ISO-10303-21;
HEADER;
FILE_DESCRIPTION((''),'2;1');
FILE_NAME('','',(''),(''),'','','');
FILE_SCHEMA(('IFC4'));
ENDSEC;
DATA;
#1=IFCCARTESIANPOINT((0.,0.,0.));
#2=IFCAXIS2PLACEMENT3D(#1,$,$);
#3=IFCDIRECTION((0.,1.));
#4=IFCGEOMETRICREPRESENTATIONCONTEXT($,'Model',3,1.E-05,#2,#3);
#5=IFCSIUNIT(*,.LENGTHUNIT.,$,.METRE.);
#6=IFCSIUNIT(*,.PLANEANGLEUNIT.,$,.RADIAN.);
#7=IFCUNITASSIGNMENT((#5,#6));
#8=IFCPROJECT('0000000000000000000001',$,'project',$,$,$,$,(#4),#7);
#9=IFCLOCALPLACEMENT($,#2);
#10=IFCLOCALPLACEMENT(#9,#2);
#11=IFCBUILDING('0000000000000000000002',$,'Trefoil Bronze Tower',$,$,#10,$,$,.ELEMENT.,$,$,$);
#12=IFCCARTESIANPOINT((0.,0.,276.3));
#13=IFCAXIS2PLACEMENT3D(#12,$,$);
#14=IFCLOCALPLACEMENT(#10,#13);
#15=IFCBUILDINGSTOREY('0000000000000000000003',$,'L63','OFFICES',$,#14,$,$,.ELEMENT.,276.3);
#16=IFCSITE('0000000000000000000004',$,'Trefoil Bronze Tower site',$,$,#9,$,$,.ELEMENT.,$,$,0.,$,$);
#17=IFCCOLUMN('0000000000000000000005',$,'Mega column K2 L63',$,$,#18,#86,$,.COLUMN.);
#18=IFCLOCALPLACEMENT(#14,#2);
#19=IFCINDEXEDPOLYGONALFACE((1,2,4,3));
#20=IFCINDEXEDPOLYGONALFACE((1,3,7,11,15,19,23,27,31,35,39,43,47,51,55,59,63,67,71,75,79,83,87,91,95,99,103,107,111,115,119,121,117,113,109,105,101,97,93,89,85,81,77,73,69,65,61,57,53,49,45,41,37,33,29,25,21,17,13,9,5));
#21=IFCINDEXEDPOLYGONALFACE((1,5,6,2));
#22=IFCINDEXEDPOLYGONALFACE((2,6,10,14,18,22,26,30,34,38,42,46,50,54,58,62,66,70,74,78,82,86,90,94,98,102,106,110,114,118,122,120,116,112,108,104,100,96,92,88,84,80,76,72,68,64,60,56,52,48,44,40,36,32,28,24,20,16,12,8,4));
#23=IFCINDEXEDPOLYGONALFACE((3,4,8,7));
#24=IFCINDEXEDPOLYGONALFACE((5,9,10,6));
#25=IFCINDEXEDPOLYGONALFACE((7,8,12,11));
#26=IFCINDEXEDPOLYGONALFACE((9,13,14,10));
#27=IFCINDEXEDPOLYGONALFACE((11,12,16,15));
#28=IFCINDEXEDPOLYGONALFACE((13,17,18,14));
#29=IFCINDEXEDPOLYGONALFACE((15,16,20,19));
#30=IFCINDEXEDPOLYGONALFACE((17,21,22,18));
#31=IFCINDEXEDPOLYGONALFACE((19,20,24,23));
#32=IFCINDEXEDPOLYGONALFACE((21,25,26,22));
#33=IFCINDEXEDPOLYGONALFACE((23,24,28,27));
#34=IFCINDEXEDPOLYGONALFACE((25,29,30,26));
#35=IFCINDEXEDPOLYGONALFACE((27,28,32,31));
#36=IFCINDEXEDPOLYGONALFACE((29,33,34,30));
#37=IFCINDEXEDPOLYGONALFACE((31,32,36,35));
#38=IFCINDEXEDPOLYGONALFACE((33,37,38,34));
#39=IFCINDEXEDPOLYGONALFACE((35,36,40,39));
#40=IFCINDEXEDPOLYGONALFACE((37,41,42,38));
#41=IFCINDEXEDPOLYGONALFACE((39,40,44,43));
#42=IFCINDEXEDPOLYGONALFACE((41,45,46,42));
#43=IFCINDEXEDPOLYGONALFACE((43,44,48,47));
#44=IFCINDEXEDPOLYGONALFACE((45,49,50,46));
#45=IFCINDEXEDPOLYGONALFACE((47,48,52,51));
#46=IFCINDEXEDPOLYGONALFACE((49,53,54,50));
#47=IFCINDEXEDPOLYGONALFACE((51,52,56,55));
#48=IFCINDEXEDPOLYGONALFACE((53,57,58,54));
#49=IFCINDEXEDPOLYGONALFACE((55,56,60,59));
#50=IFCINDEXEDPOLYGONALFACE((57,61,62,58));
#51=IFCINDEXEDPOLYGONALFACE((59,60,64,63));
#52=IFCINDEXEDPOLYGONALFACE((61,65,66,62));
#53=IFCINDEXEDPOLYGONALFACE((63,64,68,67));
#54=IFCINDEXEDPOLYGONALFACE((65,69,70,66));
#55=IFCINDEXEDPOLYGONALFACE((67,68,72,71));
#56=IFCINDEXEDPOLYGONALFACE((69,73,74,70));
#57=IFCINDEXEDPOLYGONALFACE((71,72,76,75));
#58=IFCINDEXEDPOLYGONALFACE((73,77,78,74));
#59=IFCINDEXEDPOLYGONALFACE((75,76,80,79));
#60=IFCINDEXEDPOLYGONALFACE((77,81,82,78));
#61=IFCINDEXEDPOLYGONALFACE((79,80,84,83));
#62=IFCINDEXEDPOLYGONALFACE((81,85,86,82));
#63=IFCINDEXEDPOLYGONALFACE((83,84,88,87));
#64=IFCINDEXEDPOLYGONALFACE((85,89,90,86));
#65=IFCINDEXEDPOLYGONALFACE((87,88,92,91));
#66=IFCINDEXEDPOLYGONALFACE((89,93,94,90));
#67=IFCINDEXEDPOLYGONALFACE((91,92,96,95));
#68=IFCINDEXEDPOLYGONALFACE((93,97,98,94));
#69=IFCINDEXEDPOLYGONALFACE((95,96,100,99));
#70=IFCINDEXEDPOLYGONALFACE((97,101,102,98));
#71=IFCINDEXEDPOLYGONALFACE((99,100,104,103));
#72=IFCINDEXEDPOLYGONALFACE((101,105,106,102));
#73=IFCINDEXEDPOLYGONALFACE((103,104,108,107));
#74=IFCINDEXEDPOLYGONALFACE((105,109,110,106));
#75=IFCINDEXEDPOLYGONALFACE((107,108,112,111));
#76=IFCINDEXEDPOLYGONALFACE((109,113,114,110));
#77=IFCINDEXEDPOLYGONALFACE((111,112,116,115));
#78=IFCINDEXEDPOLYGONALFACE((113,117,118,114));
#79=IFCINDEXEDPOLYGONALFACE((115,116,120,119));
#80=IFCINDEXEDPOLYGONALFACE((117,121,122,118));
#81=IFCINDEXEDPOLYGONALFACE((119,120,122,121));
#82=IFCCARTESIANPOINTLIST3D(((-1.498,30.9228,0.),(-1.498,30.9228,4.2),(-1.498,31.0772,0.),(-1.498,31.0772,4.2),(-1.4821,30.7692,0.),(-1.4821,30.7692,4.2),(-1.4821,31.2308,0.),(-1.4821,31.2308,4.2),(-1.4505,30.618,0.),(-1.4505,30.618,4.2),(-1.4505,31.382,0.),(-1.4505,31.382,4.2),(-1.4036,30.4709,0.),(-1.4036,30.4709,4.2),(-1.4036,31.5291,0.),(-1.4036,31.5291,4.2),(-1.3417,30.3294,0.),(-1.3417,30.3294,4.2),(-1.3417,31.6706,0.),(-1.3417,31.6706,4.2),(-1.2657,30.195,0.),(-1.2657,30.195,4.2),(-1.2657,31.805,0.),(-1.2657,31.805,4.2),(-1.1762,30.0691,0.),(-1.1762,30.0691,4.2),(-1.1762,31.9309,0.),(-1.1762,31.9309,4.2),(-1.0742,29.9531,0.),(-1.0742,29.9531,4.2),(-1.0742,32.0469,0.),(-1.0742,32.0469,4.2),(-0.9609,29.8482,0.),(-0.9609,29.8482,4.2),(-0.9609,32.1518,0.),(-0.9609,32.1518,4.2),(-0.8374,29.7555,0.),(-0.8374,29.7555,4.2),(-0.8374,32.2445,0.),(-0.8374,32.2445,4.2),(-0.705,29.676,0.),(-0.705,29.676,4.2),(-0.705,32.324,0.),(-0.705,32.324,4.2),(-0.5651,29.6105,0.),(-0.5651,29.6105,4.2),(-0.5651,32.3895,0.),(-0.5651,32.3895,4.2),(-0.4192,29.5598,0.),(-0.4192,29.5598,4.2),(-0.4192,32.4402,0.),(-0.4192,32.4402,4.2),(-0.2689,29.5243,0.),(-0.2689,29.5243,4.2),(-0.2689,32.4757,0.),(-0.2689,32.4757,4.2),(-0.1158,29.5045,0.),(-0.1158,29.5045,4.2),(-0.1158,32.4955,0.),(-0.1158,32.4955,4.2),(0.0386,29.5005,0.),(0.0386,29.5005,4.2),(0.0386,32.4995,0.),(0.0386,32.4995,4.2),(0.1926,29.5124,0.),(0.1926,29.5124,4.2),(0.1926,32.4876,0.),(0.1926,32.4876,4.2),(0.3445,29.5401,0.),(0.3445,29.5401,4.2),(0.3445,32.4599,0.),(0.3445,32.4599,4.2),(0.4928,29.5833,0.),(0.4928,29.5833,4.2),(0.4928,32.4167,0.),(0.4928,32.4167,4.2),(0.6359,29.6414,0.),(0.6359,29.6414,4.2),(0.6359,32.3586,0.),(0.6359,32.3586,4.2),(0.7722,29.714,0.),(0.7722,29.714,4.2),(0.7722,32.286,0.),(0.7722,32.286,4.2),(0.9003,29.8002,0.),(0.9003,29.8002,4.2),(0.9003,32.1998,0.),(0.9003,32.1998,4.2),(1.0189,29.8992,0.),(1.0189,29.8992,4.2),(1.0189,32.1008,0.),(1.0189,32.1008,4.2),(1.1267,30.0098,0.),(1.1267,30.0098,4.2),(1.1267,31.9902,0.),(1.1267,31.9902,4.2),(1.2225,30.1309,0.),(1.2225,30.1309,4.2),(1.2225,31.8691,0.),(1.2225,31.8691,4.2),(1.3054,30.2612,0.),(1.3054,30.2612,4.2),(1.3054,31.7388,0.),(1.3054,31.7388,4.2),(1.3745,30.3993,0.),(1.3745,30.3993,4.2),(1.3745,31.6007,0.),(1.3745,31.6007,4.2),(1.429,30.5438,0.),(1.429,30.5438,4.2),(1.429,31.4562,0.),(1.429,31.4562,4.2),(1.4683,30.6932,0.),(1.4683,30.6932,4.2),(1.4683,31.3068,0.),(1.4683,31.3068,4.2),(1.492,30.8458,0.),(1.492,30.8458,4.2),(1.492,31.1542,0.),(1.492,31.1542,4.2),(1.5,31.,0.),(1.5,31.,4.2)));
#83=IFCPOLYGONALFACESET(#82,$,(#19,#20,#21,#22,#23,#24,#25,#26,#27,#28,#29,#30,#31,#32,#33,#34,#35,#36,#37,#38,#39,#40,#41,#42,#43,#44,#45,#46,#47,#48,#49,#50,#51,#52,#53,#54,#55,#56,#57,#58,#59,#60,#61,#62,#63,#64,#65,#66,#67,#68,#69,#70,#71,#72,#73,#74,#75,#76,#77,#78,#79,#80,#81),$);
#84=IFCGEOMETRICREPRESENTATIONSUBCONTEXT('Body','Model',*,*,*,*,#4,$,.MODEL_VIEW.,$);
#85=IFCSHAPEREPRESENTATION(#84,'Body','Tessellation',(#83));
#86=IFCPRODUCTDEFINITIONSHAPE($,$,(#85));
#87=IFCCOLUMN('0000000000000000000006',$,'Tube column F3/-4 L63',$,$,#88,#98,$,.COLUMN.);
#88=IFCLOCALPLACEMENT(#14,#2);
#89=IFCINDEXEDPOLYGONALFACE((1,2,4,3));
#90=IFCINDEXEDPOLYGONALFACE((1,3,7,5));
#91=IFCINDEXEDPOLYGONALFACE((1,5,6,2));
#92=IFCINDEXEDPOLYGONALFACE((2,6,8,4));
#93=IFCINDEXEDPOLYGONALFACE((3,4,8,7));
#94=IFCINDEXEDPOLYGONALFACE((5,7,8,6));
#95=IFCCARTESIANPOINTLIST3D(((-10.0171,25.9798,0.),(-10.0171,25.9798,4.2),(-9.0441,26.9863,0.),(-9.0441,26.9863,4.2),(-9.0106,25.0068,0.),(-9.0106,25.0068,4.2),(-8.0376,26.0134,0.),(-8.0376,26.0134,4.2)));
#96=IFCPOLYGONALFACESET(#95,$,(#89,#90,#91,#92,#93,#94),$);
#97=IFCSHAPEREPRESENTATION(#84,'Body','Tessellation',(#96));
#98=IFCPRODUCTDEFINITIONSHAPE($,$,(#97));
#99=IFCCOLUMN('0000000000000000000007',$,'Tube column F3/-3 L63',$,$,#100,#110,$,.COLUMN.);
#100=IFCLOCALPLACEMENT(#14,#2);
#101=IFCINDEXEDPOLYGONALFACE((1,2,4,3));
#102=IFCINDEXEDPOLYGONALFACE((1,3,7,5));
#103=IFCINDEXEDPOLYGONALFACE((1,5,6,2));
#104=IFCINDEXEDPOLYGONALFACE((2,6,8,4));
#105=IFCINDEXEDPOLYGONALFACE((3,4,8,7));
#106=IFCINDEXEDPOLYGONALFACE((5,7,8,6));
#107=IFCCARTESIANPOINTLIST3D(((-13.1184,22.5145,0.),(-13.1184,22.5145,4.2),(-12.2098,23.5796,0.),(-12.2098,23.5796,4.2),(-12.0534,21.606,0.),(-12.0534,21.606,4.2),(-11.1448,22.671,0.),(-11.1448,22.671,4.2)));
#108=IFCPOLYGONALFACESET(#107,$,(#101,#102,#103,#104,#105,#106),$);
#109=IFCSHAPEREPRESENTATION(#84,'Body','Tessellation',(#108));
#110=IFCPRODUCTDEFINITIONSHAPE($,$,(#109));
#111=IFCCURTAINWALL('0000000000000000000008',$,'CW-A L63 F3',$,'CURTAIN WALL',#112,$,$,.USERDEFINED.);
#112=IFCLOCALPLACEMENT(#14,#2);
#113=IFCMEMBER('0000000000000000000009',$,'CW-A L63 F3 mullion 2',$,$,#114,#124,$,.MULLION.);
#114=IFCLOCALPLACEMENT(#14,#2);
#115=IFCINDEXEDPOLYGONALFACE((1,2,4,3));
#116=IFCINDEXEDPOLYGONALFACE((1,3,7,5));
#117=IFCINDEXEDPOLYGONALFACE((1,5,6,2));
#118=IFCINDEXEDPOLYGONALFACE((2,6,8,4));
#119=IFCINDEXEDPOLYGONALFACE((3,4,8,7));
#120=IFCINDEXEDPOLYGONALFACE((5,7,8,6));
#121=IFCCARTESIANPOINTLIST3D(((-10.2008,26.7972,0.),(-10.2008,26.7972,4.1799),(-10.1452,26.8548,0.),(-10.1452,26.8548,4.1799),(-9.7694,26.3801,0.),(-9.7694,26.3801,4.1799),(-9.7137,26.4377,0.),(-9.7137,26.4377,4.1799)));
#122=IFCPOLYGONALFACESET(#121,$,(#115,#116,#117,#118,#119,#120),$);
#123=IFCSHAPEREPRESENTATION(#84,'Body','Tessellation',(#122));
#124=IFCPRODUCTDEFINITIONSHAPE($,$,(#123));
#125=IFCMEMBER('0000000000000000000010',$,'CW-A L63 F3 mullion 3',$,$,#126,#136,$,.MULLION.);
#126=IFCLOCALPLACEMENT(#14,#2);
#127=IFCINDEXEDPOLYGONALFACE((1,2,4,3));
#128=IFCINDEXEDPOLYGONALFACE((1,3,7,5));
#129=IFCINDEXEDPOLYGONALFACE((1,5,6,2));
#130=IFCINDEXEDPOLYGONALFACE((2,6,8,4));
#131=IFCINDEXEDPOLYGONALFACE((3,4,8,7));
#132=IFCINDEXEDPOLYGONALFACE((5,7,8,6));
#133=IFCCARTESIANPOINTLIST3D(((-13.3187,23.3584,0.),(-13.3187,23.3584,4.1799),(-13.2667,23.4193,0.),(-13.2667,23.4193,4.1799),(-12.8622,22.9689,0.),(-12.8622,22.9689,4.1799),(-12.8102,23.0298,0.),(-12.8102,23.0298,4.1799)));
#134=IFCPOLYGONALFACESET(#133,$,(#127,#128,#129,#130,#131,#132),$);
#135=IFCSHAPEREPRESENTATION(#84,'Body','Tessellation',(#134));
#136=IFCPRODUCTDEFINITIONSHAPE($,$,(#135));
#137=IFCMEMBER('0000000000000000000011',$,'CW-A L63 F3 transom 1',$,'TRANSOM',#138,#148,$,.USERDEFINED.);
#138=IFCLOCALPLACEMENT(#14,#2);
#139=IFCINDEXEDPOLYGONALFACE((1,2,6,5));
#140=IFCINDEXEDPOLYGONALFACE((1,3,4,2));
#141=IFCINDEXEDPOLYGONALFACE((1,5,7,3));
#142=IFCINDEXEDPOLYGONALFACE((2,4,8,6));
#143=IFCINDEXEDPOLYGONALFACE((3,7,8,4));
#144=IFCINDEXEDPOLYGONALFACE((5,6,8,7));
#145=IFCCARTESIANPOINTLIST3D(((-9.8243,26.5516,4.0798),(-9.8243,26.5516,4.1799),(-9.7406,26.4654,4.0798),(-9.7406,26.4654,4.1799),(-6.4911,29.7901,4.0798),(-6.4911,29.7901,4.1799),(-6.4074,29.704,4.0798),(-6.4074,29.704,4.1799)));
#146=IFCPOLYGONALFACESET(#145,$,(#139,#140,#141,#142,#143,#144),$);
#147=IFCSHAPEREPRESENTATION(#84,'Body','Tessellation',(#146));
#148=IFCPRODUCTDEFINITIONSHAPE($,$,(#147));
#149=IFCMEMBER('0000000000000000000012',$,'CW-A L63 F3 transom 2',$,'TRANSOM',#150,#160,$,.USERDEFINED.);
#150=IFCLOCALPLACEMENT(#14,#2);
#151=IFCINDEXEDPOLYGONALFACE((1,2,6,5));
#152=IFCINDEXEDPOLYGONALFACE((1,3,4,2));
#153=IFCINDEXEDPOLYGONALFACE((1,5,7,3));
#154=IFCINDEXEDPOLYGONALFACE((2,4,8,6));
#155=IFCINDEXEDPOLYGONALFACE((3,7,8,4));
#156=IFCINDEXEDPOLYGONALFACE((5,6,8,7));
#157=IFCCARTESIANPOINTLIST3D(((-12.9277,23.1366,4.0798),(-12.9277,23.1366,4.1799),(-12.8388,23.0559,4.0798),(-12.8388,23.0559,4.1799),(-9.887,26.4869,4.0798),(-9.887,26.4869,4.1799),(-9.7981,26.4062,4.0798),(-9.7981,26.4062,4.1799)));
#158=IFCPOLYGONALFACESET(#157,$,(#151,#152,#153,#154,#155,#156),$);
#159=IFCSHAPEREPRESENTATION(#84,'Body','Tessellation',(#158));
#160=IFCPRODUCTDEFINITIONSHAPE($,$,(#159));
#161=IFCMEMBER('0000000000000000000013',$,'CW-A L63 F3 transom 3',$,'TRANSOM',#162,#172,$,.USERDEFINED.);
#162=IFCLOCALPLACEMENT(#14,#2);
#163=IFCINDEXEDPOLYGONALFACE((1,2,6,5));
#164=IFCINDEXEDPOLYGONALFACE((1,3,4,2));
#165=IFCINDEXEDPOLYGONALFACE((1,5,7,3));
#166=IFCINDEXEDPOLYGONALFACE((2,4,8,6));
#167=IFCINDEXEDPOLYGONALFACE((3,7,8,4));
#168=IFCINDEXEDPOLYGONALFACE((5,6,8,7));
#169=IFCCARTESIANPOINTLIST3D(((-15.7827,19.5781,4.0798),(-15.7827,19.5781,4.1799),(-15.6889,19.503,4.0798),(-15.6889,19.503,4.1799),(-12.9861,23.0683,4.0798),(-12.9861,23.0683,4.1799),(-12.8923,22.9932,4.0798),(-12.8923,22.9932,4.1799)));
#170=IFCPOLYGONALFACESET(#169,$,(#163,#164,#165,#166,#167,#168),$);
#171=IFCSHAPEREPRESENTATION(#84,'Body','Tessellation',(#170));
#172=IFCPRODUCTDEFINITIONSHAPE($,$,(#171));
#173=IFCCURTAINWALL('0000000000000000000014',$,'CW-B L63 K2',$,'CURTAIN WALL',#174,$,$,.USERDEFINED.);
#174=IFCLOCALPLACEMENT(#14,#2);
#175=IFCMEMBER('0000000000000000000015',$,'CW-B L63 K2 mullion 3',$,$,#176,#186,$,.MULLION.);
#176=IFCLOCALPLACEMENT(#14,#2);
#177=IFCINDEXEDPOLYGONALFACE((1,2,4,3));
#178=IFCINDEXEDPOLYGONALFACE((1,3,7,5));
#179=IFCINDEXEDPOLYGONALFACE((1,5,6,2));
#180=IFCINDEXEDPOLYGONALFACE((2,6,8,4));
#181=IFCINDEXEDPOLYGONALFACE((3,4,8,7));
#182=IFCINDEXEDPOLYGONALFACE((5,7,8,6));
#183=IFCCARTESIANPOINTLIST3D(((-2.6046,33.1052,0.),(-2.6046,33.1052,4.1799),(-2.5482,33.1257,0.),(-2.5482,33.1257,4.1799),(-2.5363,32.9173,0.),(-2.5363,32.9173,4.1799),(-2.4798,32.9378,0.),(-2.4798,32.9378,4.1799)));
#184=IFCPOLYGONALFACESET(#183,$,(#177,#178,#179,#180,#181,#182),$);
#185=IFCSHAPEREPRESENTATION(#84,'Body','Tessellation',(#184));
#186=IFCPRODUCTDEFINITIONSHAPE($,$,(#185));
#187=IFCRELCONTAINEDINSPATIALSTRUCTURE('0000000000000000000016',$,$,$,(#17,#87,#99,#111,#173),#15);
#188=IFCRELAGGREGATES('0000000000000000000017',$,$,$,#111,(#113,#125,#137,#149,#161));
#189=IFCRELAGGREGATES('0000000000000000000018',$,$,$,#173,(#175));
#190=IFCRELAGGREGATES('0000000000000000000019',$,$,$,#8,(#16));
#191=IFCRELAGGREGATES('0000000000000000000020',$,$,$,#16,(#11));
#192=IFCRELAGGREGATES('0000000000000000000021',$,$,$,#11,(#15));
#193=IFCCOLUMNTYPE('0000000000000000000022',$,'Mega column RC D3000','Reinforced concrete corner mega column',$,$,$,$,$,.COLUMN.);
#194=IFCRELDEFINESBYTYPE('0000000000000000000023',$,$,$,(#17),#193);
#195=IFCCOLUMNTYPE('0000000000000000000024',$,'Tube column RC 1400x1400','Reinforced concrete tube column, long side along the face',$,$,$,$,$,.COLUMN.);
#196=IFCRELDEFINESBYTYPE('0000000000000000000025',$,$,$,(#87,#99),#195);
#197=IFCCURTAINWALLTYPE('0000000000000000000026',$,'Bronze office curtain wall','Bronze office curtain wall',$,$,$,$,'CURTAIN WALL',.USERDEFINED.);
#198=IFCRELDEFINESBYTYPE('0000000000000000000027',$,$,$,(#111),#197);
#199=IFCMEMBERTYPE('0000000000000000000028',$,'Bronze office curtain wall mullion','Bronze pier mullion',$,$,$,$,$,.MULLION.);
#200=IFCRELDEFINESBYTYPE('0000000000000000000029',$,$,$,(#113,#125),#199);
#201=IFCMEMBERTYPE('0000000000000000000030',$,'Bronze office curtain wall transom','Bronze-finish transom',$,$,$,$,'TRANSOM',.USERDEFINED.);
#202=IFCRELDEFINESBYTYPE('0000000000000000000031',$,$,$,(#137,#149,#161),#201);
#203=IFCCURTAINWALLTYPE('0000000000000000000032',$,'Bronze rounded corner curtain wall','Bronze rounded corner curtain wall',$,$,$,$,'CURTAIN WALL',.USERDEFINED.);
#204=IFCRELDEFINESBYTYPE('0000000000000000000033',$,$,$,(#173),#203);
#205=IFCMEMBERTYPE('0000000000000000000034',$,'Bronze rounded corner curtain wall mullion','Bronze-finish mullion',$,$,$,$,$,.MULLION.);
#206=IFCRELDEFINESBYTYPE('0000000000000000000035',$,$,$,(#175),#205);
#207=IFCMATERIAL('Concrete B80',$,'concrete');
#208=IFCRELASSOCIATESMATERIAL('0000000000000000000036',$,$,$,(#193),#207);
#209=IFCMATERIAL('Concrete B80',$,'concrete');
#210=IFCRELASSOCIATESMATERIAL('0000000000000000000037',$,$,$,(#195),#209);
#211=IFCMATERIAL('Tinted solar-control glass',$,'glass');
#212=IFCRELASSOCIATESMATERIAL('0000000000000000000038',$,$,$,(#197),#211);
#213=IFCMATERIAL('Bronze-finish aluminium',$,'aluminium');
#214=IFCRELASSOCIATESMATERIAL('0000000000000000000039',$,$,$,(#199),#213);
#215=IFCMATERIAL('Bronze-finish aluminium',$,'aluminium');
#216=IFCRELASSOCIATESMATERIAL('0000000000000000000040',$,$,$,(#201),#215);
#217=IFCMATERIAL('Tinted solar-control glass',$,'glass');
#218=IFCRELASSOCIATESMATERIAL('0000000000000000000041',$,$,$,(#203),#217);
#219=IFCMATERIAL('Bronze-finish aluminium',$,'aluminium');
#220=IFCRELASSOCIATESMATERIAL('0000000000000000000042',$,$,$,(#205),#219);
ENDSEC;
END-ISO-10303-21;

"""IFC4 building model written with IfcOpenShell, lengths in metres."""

from ifc_helpers import new_model, si_unit, direction, frame, origin, origin_2d, place, context, subcontext, project, spatial, rectangle, circle, extrude, material, material_profile, profile_set, type_object, element, aggregate, save


model = new_model("IFC4")

# Units and contexts
model_context = context("Model", 3, precision=1e-05, world=origin(), true_north=direction((0.0, 1.0)))
body_context = subcontext(model_context, "Body", "Model", "MODEL_VIEW")
ifc_project = project(units=[si_unit("LENGTHUNIT", "METRE"), si_unit("PLANEANGLEUNIT", "RADIAN")], contexts=[model_context])

# Site, building, storey
site_placement = place(None, origin())
site = spatial("IfcSite", under=ifc_project, at=site_placement, Name="Trefoil Bronze Tower site", CompositionType="ELEMENT", RefElevation=0.0)
building_placement = place(site_placement, origin())
building = spatial("IfcBuilding", under=site, at=building_placement, Name="Trefoil Bronze Tower", CompositionType="ELEMENT")
storey_placement = place(building_placement, frame((0.0, 0.0, 276.3)))
storey = spatial("IfcBuildingStorey", under=building, at=storey_placement, Name="L63", Description="OFFICES", CompositionType="ELEMENT", Elevation=276.3)

# Columns
ifc_material_1 = material(Name="Concrete B80", Category="concrete")
ifc_material_profile_1 = material_profile(ifc_material_1, circle(Radius=1.5, at=origin_2d()), Name="RC D3000")
ifc_profile_set_1 = profile_set([ifc_material_profile_1], Name="Concrete B80")
column_type_1 = type_object("IfcColumnType", Name="Mega column RC D3000", Description="Reinforced concrete corner mega column", PredefinedType="COLUMN", material=ifc_profile_set_1)
column_placement = place(storey_placement, frame((0.0, 31.0, 0.0), z_axis=(0.0, 0.0, 1.0), x_axis=(1.0, 0.0, 0.0)))
element("IfcColumn", 1, at=column_placement, inside=storey, type_object=column_type_1, Name="Mega column K2 L63", PredefinedType="COLUMN", context=body_context, shape_type="SweptSolid", body=[
    extrude(circle(Radius=1.5, at=origin_2d()), origin(), (0.0, 0.0, 1.0), 4.2),
])
ifc_material_2 = material(Name="Concrete B80", Category="concrete")
ifc_material_profile_2 = material_profile(ifc_material_2, rectangle(XDim=1.3999, YDim=1.3999, at=origin_2d()), Name="RC 1400x1400")
ifc_profile_set_2 = profile_set([ifc_material_profile_2], Name="Concrete B80")
column_type_2 = type_object("IfcColumnType", Name="Tube column RC 1400x1400", Description="Reinforced concrete tube column, long side along the face", PredefinedType="COLUMN", material=ifc_profile_set_2)
for number, where, z_axis, x_axis, name in (
    (2, (-9.0273, 25.9966, 0.0), (0.0, 0.0, 1.0), (-0.695009, -0.719001, 0.0), "Tube column F3/-4 L63"),
    (3, (-12.1316, 22.5928, 0.0), (0.0, 0.0, 1.0), (-0.649008, -0.760781, 0.0), "Tube column F3/-3 L63"),
):
    element("IfcColumn", number, at=place(storey_placement, frame(where, z_axis=z_axis, x_axis=x_axis)), inside=storey, type_object=column_type_2, Name=name, PredefinedType="COLUMN", context=body_context, shape_type="SweptSolid", body=[
        extrude(rectangle(XDim=1.3999, YDim=1.3999, at=origin_2d()), origin(), (0.0, 0.0, 1.0), 4.2),
    ])

# Curtain walls, members
ifc_material_3 = material(Name="Tinted solar-control glass", Category="glass")
curtain_wall_type_1 = type_object("IfcCurtainWallType", Name="Bronze office curtain wall", Description="Bronze office curtain wall", ElementType="CURTAIN WALL", PredefinedType="USERDEFINED", material=ifc_material_3)
curtain_wall_1_placement = place(storey_placement, origin())
curtain_wall_1 = element("IfcCurtainWall", 4, at=curtain_wall_1_placement, inside=storey, type_object=curtain_wall_type_1, Name="CW-A L63 F3", ObjectType="CURTAIN WALL", PredefinedType="USERDEFINED")
ifc_material_4 = material(Name="Bronze-finish aluminium", Category="aluminium")
ifc_material_profile_3 = material_profile(ifc_material_4, rectangle(XDim=0.6001, YDim=0.0801, at=origin_2d()), Name="CW-A mullion")
ifc_profile_set_3 = profile_set([ifc_material_profile_3], Name="Bronze-finish aluminium")
member_type_1 = type_object("IfcMemberType", Name="Bronze office curtain wall mullion", Description="Bronze pier mullion", PredefinedType="MULLION", material=ifc_profile_set_3)
member_1_placement = place(storey_placement, frame((-9.9573, 26.6174, 0.0), z_axis=(0.0, 0.0, 1.0), x_axis=(0.719001, -0.695009, 0.0)))
member_1 = element("IfcMember", 5, at=member_1_placement, type_object=member_type_1, Name="CW-A L63 F3 mullion 2", PredefinedType="MULLION", context=body_context, shape_type="SweptSolid", body=[
    extrude(rectangle(XDim=0.6001, YDim=0.0801, at=origin_2d()), origin(), (0.0, 0.0, 1.0), 4.1799),
])
member_2_placement = place(storey_placement, frame((-13.0645, 23.1941, 0.0), z_axis=(0.0, 0.0, 1.0), x_axis=(0.760781, -0.649008, 0.0)))
member_2 = element("IfcMember", 6, at=member_2_placement, type_object=member_type_1, Name="CW-A L63 F3 mullion 3", PredefinedType="MULLION", context=body_context, shape_type="SweptSolid", body=[
    extrude(rectangle(XDim=0.6001, YDim=0.0801, at=origin_2d()), origin(), (0.0, 0.0, 1.0), 4.1799),
])
ifc_material_5 = material(Name="Bronze-finish aluminium", Category="aluminium")
ifc_material_profile_4 = material_profile(ifc_material_5, rectangle(XDim=0.1201, YDim=0.1001, at=origin_2d()), Name="CW-A transom")
ifc_profile_set_4 = profile_set([ifc_material_profile_4], Name="Bronze-finish aluminium")
member_type_2 = type_object("IfcMemberType", Name="Bronze office curtain wall transom", Description="Bronze-finish transom", ElementType="TRANSOM", PredefinedType="USERDEFINED", material=ifc_profile_set_4)
member_3_placement = place(storey_placement, frame((-6.4492, 29.7471, 4.1299), z_axis=(-0.717225, -0.696842, 0.0), x_axis=(0.696842, -0.717225, 0.0)))
member_3 = element("IfcMember", 7, at=member_3_placement, type_object=member_type_2, Name="CW-A L63 F3 transom 1", ObjectType="TRANSOM", PredefinedType="USERDEFINED", context=body_context, shape_type="SweptSolid", body=[
    extrude(rectangle(XDim=0.1201, YDim=0.1001, at=origin_2d()), origin(), (0.0, 0.0, 1.0), 4.6475),
])
member_4_placement = place(storey_placement, frame((-9.8425, 26.4465, 4.1299), z_axis=(-0.672068, -0.740489, 0.0), x_axis=(0.740489, -0.672068, 0.0)))
member_4 = element("IfcMember", 8, at=member_4_placement, type_object=member_type_2, Name="CW-A L63 F3 transom 2", ObjectType="TRANSOM", PredefinedType="USERDEFINED", context=body_context, shape_type="SweptSolid", body=[
    extrude(rectangle(XDim=0.1201, YDim=0.1001, at=origin_2d()), origin(), (0.0, 0.0, 1.0), 4.5244),
])
member_5_placement = place(storey_placement, frame((-12.9392, 23.0308, 4.1299), z_axis=(-0.625301, -0.780384, 0.0), x_axis=(0.780384, -0.625301, 0.0)))
member_5 = element("IfcMember", 9, at=member_5_placement, type_object=member_type_2, Name="CW-A L63 F3 transom 3", ObjectType="TRANSOM", PredefinedType="USERDEFINED", context=body_context, shape_type="SweptSolid", body=[
    extrude(rectangle(XDim=0.1201, YDim=0.1001, at=origin_2d()), origin(), (0.0, 0.0, 1.0), 4.4724),
])
ifc_material_6 = material(Name="Tinted solar-control glass", Category="glass")
curtain_wall_type_2 = type_object("IfcCurtainWallType", Name="Bronze rounded corner curtain wall", Description="Bronze rounded corner curtain wall", ElementType="CURTAIN WALL", PredefinedType="USERDEFINED", material=ifc_material_6)
curtain_wall_2_placement = place(storey_placement, origin())
curtain_wall_2 = element("IfcCurtainWall", 10, at=curtain_wall_2_placement, inside=storey, type_object=curtain_wall_type_2, Name="CW-B L63 K2", ObjectType="CURTAIN WALL", PredefinedType="USERDEFINED")
ifc_material_7 = material(Name="Bronze-finish aluminium", Category="aluminium")
ifc_material_profile_5 = material_profile(ifc_material_7, rectangle(XDim=0.2, YDim=0.0601, at=origin_2d()), Name="CW-B mullion")
ifc_profile_set_5 = profile_set([ifc_material_profile_5], Name="Bronze-finish aluminium")
member_type_3 = type_object("IfcMemberType", Name="Bronze rounded corner curtain wall mullion", Description="Bronze-finish mullion", PredefinedType="MULLION", material=ifc_profile_set_5)
member_6_placement = place(storey_placement, frame((-2.5422, 33.0215, 0.0), z_axis=(0.0, 0.0, 1.0), x_axis=(0.34202, -0.939693, 0.0)))
member_6 = element("IfcMember", 11, at=member_6_placement, type_object=member_type_3, Name="CW-B L63 K2 mullion 3", PredefinedType="MULLION", context=body_context, shape_type="SweptSolid", body=[
    extrude(rectangle(XDim=0.2, YDim=0.0601, at=origin_2d()), origin(), (0.0, 0.0, 1.0), 4.1799),
])

aggregate(curtain_wall_1, [member_1, member_2, member_3, member_4, member_5])
aggregate(curtain_wall_2, [member_6])

save(model, "model.ifc")
